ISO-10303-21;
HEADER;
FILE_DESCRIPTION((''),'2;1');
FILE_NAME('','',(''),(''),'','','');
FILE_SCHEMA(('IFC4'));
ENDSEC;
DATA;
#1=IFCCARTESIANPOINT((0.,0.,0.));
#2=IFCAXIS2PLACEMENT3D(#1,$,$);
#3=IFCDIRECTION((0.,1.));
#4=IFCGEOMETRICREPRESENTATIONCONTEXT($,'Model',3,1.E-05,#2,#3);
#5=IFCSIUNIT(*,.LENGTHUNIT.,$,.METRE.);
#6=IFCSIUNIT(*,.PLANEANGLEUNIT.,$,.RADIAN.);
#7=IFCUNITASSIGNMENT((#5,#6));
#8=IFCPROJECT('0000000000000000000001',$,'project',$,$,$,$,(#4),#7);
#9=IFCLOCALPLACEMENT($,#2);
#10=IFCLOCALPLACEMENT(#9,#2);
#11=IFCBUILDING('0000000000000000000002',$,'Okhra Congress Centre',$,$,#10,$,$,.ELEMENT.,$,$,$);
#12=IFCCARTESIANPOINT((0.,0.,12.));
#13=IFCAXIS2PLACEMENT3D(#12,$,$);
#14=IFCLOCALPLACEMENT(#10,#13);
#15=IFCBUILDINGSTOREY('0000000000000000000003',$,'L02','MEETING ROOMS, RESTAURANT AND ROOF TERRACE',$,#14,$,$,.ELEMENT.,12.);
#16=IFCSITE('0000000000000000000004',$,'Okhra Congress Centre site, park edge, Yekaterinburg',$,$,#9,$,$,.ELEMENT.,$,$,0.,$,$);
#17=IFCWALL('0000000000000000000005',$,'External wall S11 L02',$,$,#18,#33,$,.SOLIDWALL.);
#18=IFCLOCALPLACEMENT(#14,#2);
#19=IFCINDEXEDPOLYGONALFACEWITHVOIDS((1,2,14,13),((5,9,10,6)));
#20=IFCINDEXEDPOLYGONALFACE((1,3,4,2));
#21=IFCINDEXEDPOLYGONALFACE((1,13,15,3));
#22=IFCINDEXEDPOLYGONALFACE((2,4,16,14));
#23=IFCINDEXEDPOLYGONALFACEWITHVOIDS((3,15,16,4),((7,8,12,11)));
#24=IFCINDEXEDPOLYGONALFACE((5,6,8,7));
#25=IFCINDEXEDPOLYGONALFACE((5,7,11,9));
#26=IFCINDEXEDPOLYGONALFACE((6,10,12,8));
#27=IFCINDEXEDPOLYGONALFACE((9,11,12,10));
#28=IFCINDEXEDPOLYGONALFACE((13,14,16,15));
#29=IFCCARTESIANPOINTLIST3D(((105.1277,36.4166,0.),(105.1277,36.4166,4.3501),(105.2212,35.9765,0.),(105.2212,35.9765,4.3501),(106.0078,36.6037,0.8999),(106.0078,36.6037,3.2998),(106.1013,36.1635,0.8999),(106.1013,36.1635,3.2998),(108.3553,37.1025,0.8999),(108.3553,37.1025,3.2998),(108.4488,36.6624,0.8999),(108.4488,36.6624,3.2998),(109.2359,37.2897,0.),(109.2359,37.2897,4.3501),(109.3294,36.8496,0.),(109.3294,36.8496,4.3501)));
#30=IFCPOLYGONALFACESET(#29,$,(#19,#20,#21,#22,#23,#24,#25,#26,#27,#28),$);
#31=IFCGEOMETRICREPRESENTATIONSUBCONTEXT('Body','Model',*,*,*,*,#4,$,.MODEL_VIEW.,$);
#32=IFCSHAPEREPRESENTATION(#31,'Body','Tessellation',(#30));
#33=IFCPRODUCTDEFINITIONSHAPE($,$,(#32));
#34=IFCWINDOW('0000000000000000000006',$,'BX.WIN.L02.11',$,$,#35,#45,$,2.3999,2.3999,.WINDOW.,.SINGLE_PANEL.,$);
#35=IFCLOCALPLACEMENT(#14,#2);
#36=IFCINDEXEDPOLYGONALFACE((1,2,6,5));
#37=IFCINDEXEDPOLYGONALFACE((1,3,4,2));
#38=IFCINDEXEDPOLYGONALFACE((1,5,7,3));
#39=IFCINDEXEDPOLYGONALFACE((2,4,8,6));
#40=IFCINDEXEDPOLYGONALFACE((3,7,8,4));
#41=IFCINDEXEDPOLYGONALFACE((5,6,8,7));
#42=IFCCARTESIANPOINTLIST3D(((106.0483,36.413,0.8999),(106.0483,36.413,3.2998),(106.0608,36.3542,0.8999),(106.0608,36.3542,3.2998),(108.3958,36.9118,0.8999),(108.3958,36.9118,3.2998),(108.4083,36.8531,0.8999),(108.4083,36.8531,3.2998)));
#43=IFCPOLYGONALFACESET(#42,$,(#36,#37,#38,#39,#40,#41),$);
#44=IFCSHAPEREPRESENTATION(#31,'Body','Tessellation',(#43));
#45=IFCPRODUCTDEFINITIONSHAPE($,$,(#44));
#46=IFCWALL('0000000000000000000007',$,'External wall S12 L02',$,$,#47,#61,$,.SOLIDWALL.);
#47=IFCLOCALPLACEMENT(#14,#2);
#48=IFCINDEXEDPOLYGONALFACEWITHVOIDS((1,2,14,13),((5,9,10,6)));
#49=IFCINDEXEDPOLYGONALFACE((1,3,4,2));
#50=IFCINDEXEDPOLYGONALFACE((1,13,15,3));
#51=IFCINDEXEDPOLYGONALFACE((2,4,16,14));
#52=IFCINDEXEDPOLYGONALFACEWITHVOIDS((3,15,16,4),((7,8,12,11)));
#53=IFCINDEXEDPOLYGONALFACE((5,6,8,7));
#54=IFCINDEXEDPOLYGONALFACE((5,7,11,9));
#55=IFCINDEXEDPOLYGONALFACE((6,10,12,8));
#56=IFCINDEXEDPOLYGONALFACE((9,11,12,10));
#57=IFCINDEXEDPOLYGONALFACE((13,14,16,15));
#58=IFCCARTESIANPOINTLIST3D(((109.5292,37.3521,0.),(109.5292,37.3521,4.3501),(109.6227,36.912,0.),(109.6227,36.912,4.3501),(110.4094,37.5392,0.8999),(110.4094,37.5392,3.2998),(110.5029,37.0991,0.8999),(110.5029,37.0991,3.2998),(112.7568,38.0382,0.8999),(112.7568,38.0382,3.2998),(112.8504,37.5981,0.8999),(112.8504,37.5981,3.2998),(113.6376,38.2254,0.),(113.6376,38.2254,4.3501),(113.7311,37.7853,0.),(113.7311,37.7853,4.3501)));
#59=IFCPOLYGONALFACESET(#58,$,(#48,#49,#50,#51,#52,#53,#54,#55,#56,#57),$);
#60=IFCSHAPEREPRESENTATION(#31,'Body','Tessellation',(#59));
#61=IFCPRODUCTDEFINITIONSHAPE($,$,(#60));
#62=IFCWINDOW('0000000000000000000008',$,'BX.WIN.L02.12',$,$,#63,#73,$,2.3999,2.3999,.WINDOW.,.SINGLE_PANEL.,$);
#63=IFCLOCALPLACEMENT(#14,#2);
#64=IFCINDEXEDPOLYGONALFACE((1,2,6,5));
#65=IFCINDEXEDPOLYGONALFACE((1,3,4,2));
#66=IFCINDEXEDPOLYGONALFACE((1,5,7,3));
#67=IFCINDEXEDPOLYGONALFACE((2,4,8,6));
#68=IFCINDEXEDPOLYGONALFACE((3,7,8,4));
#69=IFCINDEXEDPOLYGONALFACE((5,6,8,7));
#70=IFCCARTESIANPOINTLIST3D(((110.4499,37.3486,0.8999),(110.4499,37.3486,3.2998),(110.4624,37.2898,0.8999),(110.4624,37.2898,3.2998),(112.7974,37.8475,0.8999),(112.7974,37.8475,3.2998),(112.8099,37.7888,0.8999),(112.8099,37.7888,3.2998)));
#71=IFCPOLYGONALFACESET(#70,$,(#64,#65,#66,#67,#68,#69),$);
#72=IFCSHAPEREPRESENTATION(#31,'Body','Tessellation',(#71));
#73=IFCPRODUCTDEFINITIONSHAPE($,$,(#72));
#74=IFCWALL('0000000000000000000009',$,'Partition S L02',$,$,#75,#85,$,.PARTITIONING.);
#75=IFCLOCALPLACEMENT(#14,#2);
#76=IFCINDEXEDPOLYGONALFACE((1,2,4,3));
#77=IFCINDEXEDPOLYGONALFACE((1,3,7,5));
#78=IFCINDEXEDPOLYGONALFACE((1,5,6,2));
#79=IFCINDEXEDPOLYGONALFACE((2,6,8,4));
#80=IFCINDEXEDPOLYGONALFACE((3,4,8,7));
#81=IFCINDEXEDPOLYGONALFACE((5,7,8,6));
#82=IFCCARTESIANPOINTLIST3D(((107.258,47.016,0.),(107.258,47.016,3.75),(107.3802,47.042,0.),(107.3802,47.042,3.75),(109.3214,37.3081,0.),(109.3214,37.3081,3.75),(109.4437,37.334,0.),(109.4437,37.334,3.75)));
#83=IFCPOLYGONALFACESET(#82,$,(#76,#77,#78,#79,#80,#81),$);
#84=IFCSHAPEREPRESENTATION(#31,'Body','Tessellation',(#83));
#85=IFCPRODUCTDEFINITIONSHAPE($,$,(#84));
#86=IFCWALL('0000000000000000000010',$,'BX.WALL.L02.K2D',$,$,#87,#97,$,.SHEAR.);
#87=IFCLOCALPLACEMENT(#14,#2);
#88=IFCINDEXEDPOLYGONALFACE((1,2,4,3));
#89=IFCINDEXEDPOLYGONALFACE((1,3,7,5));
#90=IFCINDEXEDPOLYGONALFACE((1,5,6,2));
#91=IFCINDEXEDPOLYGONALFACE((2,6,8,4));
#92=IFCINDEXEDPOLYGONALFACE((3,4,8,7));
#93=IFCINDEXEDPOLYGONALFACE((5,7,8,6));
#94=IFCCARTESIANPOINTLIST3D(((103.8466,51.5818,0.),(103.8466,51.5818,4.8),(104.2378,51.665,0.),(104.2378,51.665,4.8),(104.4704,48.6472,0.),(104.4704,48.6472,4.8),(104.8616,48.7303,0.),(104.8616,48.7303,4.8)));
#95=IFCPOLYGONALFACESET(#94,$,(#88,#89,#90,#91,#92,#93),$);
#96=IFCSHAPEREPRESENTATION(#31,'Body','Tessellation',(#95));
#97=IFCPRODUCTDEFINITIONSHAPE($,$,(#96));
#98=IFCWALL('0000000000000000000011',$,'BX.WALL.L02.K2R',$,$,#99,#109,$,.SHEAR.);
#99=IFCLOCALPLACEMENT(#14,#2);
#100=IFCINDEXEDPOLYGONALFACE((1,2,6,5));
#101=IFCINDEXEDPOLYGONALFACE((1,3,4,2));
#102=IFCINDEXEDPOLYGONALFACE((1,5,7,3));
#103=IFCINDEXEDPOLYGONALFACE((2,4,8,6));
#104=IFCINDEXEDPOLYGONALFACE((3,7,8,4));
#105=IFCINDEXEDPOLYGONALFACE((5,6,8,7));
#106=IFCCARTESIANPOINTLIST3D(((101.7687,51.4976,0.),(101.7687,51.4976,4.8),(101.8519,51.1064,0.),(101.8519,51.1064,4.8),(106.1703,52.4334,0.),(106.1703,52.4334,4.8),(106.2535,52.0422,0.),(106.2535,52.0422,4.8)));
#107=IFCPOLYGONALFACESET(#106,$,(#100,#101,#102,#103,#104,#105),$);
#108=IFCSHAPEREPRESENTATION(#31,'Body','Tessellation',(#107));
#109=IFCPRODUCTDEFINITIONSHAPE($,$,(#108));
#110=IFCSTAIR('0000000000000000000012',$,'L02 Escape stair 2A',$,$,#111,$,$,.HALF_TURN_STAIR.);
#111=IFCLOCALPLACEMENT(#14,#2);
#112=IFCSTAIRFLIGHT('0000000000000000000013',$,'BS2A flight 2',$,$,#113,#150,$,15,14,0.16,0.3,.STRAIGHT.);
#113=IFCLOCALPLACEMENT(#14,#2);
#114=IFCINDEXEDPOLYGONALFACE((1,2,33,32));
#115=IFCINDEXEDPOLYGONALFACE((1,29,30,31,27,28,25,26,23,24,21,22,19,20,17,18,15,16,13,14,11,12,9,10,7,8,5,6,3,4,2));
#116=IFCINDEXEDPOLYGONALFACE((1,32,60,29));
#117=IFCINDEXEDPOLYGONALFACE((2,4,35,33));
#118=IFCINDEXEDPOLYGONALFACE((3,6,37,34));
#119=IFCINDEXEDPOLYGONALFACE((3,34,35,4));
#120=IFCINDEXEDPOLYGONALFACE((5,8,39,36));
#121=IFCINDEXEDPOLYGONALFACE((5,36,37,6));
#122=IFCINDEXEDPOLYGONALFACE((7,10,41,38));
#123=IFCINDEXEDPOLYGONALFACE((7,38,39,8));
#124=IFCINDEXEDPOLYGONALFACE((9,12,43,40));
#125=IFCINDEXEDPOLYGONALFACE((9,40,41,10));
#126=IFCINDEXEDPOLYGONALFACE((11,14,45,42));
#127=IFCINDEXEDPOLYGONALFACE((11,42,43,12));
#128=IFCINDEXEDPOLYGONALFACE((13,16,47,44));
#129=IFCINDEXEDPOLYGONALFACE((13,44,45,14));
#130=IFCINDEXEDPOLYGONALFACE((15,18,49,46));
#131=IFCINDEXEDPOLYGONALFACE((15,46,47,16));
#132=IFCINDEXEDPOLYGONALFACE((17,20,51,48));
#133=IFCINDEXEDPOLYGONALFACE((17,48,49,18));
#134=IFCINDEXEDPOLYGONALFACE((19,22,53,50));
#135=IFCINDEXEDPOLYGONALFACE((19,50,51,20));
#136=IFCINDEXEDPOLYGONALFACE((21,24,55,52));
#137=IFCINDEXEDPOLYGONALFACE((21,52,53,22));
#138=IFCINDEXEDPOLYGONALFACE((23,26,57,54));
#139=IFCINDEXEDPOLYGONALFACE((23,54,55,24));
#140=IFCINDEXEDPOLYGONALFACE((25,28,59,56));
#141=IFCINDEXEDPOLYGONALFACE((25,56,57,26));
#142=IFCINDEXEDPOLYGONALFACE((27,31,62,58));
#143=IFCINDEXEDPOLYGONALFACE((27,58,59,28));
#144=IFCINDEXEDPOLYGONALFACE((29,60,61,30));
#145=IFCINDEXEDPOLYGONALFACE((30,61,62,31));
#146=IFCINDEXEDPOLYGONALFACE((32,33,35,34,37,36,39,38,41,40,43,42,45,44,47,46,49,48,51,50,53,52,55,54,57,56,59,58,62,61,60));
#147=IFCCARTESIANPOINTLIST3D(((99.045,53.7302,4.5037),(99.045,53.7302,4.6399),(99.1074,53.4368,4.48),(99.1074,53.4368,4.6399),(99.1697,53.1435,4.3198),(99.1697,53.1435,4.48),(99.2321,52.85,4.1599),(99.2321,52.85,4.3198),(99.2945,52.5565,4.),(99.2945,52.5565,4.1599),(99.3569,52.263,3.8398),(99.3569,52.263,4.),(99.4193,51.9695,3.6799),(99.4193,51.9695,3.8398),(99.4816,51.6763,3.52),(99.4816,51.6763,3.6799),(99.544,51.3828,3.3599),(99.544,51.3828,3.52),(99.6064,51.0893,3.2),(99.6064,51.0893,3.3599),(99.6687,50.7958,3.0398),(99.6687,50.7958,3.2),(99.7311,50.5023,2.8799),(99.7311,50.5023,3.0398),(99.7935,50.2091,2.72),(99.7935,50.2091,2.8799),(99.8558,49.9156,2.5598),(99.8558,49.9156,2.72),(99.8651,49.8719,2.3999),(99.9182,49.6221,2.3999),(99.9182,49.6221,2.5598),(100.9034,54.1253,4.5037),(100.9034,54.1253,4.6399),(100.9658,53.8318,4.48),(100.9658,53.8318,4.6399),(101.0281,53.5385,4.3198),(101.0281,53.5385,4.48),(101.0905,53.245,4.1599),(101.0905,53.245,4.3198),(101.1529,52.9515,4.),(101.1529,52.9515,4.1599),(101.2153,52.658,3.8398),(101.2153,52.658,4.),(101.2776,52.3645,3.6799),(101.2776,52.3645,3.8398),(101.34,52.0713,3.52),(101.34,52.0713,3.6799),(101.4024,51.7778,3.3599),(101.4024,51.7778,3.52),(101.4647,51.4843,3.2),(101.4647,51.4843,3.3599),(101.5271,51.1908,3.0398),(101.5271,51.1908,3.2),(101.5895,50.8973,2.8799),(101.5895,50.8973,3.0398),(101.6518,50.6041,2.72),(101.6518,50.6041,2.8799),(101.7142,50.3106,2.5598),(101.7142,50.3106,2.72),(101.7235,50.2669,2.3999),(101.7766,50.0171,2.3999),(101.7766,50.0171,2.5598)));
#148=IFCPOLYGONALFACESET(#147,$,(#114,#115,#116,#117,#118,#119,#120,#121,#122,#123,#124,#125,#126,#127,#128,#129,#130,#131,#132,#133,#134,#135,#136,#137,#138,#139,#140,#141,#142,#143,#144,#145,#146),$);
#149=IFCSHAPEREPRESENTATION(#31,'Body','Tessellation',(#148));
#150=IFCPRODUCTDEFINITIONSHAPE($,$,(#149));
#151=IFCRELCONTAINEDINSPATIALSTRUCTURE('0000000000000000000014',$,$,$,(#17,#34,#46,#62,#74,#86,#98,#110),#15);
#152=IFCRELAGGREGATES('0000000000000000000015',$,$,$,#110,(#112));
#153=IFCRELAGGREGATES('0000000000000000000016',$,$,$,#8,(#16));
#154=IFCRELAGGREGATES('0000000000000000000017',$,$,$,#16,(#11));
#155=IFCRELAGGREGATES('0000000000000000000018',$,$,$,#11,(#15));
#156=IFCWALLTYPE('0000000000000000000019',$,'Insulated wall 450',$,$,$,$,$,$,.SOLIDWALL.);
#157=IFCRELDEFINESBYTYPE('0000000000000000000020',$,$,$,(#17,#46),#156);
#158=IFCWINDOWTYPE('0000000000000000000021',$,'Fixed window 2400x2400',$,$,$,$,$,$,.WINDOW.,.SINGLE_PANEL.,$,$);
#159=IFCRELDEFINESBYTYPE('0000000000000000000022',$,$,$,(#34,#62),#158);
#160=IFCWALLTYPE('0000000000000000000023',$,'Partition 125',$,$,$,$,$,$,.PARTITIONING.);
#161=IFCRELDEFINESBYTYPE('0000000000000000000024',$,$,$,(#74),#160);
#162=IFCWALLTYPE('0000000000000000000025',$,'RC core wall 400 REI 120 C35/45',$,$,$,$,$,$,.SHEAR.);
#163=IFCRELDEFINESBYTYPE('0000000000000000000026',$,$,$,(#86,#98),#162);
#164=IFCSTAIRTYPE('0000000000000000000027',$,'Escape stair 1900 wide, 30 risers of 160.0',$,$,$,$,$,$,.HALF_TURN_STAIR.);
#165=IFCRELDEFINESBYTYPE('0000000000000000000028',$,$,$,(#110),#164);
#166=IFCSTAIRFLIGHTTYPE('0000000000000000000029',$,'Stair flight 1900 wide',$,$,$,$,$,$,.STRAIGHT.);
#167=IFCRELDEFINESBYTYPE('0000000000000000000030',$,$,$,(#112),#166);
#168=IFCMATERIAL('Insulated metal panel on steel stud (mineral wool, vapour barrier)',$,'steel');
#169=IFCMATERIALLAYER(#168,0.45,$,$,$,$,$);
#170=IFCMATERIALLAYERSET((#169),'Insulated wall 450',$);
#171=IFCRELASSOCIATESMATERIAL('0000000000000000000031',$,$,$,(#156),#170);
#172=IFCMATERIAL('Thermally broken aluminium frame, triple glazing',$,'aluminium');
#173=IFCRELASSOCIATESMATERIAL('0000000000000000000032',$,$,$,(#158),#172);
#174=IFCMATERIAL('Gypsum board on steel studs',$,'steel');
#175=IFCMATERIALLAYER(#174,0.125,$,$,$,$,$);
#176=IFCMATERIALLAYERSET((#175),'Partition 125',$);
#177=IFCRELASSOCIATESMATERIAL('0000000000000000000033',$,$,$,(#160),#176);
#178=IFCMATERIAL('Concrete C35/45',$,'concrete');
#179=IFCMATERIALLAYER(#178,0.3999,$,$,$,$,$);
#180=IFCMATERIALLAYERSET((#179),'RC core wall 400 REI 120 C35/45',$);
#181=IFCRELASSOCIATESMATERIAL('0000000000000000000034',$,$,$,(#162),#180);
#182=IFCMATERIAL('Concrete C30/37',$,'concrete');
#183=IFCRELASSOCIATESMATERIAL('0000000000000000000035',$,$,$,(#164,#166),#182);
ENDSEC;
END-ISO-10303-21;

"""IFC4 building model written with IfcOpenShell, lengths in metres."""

from ifc_helpers import new_model, si_unit, direction, frame, frame_2d, origin, place, context, subcontext, project, spatial, polyline, rectangle, outline, extrude, material, layer, layer_set, type_object, element, fill, aggregate, save


model = new_model("IFC4")

# Units and contexts
model_context = context("Model", 3, precision=1e-05, world=origin(), true_north=direction((0.0, 1.0)))
body_context = subcontext(model_context, "Body", "Model", "MODEL_VIEW")
ifc_project = project(units=[si_unit("LENGTHUNIT", "METRE"), si_unit("PLANEANGLEUNIT", "RADIAN")], contexts=[model_context])

# Site, building, storey
site_placement = place(None, origin())
site = spatial("IfcSite", under=ifc_project, at=site_placement, Name="Okhra Congress Centre site, park edge, Yekaterinburg", CompositionType="ELEMENT", RefElevation=0.0)
building_placement = place(site_placement, origin())
building = spatial("IfcBuilding", under=site, at=building_placement, Name="Okhra Congress Centre", CompositionType="ELEMENT")
storey_placement = place(building_placement, frame((0.0, 0.0, 12.0)))
storey = spatial("IfcBuildingStorey", under=building, at=storey_placement, Name="L02", Description="MEETING ROOMS, RESTAURANT AND ROOF TERRACE", CompositionType="ELEMENT", Elevation=12.0)

# Walls, openings, windows
ifc_material_1 = material(Name="Insulated metal panel on steel stud (mineral wool, vapour barrier)", Category="steel")
ifc_layer_1 = layer(ifc_material_1, 0.45)
ifc_layer_set_1 = layer_set([ifc_layer_1], Name="Insulated wall 450")
wall_type_1 = type_object("IfcWallType", Name="Insulated wall 450", PredefinedType="SOLIDWALL", material=ifc_layer_set_1)
ifc_material_2 = material(Name="Thermally broken aluminium frame, triple glazing", Category="aluminium")
wall_1_placement = place(storey_placement, frame((105.1743, 36.1965, 0.0), z_axis=(0.0, 0.0, 1.0), x_axis=(0.978156, 0.207873, 0.0)))
wall_1 = element("IfcWall", 1, at=wall_1_placement, inside=storey, type_object=wall_type_1, Name="External wall S11 L02", PredefinedType="SOLIDWALL", context=body_context, shape_type="SweptSolid", body=[
    extrude(rectangle(XDim=4.2, YDim=0.45, at=frame_2d((2.1001, 0.0))), origin(), (0.0, 0.0, 1.0), 4.3501),
])
opening_1_placement = place(wall_1_placement, frame((0.8999, 0.0, 0.8999)))
opening_1 = element("IfcOpeningElement", 2, at=opening_1_placement, cuts=wall_1, PredefinedType="OPENING", context=body_context, shape_type="SweptSolid", body=[
    extrude(rectangle(XDim=2.3999, YDim=2.3999, at=frame_2d((1.2, 1.2))), frame((0.0, 0.2349, 0.0), z_axis=(0.0, -1.0, 0.0), x_axis=(1.0, 0.0, 0.0)), (0.0, 0.0, 1.0), 0.47),
])
window_type_1 = type_object("IfcWindowType", Name="Fixed window 2400x2400", PartitioningType="SINGLE_PANEL", PredefinedType="WINDOW", material=ifc_material_2)
window_1_placement = place(opening_1_placement, origin())
window_1 = element("IfcWindow", 3, at=window_1_placement, inside=storey, type_object=window_type_1, Name="BX.WIN.L02.11", OverallHeight=2.3999, OverallWidth=2.3999, PartitioningType="SINGLE_PANEL", PredefinedType="WINDOW", context=body_context, shape_type="SweptSolid", body=[
    extrude(rectangle(XDim=2.3999, YDim=2.3999, at=frame_2d((1.2, 1.2))), frame((0.0, 0.03, 0.0), z_axis=(0.0, -1.0, 0.0), x_axis=(1.0, 0.0, 0.0)), (0.0, 0.0, 1.0), 0.0601),
])
fill(opening_1, window_1)
wall_2_placement = place(storey_placement, frame((109.5759, 37.1321, 0.0), z_axis=(0.0, 0.0, 1.0), x_axis=(0.978146, 0.207917, 0.0)))
wall_2 = element("IfcWall", 4, at=wall_2_placement, inside=storey, type_object=wall_type_1, Name="External wall S12 L02", PredefinedType="SOLIDWALL", context=body_context, shape_type="SweptSolid", body=[
    extrude(rectangle(XDim=4.2002, YDim=0.45, at=frame_2d((2.1001, 0.0))), origin(), (0.0, 0.0, 1.0), 4.3501),
])
opening_2_placement = place(wall_2_placement, frame((0.8999, 0.0, 0.8999)))
opening_2 = element("IfcOpeningElement", 5, at=opening_2_placement, cuts=wall_2, PredefinedType="OPENING", context=body_context, shape_type="SweptSolid", body=[
    extrude(rectangle(XDim=2.3999, YDim=2.3999, at=frame_2d((1.2, 1.2))), frame((0.0, 0.2349, 0.0), z_axis=(0.0, -1.0, 0.0), x_axis=(1.0, 0.0, 0.0)), (0.0, 0.0, 1.0), 0.47),
])
window_2_placement = place(opening_2_placement, origin())
window_2 = element("IfcWindow", 6, at=window_2_placement, inside=storey, type_object=window_type_1, Name="BX.WIN.L02.12", OverallHeight=2.3999, OverallWidth=2.3999, PartitioningType="SINGLE_PANEL", PredefinedType="WINDOW", context=body_context, shape_type="SweptSolid", body=[
    extrude(rectangle(XDim=2.3999, YDim=2.3999, at=frame_2d((1.2, 1.2))), frame((0.0, 0.03, 0.0), z_axis=(0.0, -1.0, 0.0), x_axis=(1.0, 0.0, 0.0)), (0.0, 0.0, 1.0), 0.0601),
])
fill(opening_2, window_2)

# Walls
ifc_material_3 = material(Name="Gypsum board on steel studs", Category="steel")
ifc_layer_2 = layer(ifc_material_3, 0.125)
ifc_layer_set_2 = layer_set([ifc_layer_2], Name="Partition 125")
wall_type_2 = type_object("IfcWallType", Name="Partition 125", PredefinedType="PARTITIONING", material=ifc_layer_set_2)
wall_3_placement = place(storey_placement, frame((109.3826, 37.321, 0.0), z_axis=(0.0, 0.0, 1.0), x_axis=(-0.207909, 0.978148, 0.0)))
element("IfcWall", 7, at=wall_3_placement, inside=storey, type_object=wall_type_2, Name="Partition S L02", PredefinedType="PARTITIONING", context=body_context, shape_type="SweptSolid", body=[
    extrude(rectangle(XDim=9.9248, YDim=0.125, at=frame_2d((4.9624, 0.0))), origin(), (0.0, 0.0, 1.0), 3.75),
])
ifc_material_4 = material(Name="Concrete C35/45", Category="concrete")
ifc_layer_3 = layer(ifc_material_4, 0.3999)
ifc_layer_set_3 = layer_set([ifc_layer_3], Name="RC core wall 400 REI 120 C35/45")
wall_type_3 = type_object("IfcWallType", Name="RC core wall 400 REI 120 C35/45", PredefinedType="SHEAR", material=ifc_layer_set_3)
wall_4_placement = place(storey_placement, frame((104.0422, 51.6233, 0.0), z_axis=(0.0, 0.0, 1.0), x_axis=(0.207917, -0.978146, 0.0)))
element("IfcWall", 8, at=wall_4_placement, inside=storey, type_object=wall_type_3, Name="BX.WALL.L02.K2D", PredefinedType="SHEAR", context=body_context, shape_type="SweptSolid", body=[
    extrude(rectangle(XDim=3.0002, YDim=0.3999, at=frame_2d((1.5, 0.0))), origin(), (0.0, 0.0, 1.0), 4.8),
])
wall_5_placement = place(storey_placement, frame((101.8103, 51.302, 0.0), z_axis=(0.0, 0.0, 1.0), x_axis=(0.978139, 0.207954, 0.0)))
element("IfcWall", 9, at=wall_5_placement, inside=storey, type_object=wall_type_3, Name="BX.WALL.L02.K2R", PredefinedType="SHEAR", context=body_context, shape_type="SweptSolid", body=[
    extrude(rectangle(XDim=4.5, YDim=0.3999, at=frame_2d((2.25, 0.0))), origin(), (0.0, 0.0, 1.0), 4.8),
])

# Stair, stair flight
ifc_material_5 = material(Name="Concrete C30/37", Category="concrete")
stair_type = type_object("IfcStairType", Name="Escape stair 1900 wide, 30 risers of 160.0", PredefinedType="HALF_TURN_STAIR", material=ifc_material_5)
stair_1_placement = place(storey_placement, origin())
stair_1 = element("IfcStair", 10, at=stair_1_placement, inside=storey, type_object=stair_type, Name="L02 Escape stair 2A", PredefinedType="HALF_TURN_STAIR")
stair_flight_type = type_object("IfcStairFlightType", Name="Stair flight 1900 wide", PredefinedType="STRAIGHT", material=ifc_material_5)
stair_flight_1_placement = place(storey_placement, frame((100.8474, 49.8196, 2.3999), z_axis=(0.0, 0.0, 1.0), x_axis=(-0.207912, 0.978148, 0.0)))
stair_flight_1 = element("IfcStairFlight", 11, at=stair_flight_1_placement, type_object=stair_flight_type, Name="BS2A flight 2", NumberOfRisers=15, NumberOfTreads=14, PredefinedType="STRAIGHT", RiserHeight=0.16, TreadLength=0.3, context=body_context, shape_type="SweptSolid", body=[
    extrude(outline(polyline([(0.0, 0.0), (0.0, 0.1599), (0.3, 0.1599), (0.3, 0.3201), (0.6001, 0.3201), (0.6001, 0.48), (0.8999, 0.48), (0.8999, 0.6399), (1.2, 0.6399), (1.2, 0.8), (1.5, 0.8), (1.5, 0.96), (1.8, 0.96), (1.8, 1.1201), (2.1001, 1.1201), (2.1001, 1.28), (2.3999, 1.28), (2.3999, 1.4399), (2.7, 1.4399), (2.7, 1.6001), (3.0, 1.6001), (3.0, 1.76), (3.3, 1.76), (3.3, 1.9199), (3.6001, 1.9199), (3.6001, 2.0801), (3.8999, 2.0801), (3.8999, 2.24), (4.2, 2.24), (4.2, 2.3999), (4.2, 2.1038), (0.2554, 0.0), (0.0, 0.0)])), frame((0.0, 0.95, 0.0), z_axis=(0.0, -1.0, 0.0), x_axis=(1.0, 0.0, 0.0)), (0.0, 0.0, 1.0), 1.8999),
])
aggregate(stair_1, [stair_flight_1])

save(model, "model.ifc")
